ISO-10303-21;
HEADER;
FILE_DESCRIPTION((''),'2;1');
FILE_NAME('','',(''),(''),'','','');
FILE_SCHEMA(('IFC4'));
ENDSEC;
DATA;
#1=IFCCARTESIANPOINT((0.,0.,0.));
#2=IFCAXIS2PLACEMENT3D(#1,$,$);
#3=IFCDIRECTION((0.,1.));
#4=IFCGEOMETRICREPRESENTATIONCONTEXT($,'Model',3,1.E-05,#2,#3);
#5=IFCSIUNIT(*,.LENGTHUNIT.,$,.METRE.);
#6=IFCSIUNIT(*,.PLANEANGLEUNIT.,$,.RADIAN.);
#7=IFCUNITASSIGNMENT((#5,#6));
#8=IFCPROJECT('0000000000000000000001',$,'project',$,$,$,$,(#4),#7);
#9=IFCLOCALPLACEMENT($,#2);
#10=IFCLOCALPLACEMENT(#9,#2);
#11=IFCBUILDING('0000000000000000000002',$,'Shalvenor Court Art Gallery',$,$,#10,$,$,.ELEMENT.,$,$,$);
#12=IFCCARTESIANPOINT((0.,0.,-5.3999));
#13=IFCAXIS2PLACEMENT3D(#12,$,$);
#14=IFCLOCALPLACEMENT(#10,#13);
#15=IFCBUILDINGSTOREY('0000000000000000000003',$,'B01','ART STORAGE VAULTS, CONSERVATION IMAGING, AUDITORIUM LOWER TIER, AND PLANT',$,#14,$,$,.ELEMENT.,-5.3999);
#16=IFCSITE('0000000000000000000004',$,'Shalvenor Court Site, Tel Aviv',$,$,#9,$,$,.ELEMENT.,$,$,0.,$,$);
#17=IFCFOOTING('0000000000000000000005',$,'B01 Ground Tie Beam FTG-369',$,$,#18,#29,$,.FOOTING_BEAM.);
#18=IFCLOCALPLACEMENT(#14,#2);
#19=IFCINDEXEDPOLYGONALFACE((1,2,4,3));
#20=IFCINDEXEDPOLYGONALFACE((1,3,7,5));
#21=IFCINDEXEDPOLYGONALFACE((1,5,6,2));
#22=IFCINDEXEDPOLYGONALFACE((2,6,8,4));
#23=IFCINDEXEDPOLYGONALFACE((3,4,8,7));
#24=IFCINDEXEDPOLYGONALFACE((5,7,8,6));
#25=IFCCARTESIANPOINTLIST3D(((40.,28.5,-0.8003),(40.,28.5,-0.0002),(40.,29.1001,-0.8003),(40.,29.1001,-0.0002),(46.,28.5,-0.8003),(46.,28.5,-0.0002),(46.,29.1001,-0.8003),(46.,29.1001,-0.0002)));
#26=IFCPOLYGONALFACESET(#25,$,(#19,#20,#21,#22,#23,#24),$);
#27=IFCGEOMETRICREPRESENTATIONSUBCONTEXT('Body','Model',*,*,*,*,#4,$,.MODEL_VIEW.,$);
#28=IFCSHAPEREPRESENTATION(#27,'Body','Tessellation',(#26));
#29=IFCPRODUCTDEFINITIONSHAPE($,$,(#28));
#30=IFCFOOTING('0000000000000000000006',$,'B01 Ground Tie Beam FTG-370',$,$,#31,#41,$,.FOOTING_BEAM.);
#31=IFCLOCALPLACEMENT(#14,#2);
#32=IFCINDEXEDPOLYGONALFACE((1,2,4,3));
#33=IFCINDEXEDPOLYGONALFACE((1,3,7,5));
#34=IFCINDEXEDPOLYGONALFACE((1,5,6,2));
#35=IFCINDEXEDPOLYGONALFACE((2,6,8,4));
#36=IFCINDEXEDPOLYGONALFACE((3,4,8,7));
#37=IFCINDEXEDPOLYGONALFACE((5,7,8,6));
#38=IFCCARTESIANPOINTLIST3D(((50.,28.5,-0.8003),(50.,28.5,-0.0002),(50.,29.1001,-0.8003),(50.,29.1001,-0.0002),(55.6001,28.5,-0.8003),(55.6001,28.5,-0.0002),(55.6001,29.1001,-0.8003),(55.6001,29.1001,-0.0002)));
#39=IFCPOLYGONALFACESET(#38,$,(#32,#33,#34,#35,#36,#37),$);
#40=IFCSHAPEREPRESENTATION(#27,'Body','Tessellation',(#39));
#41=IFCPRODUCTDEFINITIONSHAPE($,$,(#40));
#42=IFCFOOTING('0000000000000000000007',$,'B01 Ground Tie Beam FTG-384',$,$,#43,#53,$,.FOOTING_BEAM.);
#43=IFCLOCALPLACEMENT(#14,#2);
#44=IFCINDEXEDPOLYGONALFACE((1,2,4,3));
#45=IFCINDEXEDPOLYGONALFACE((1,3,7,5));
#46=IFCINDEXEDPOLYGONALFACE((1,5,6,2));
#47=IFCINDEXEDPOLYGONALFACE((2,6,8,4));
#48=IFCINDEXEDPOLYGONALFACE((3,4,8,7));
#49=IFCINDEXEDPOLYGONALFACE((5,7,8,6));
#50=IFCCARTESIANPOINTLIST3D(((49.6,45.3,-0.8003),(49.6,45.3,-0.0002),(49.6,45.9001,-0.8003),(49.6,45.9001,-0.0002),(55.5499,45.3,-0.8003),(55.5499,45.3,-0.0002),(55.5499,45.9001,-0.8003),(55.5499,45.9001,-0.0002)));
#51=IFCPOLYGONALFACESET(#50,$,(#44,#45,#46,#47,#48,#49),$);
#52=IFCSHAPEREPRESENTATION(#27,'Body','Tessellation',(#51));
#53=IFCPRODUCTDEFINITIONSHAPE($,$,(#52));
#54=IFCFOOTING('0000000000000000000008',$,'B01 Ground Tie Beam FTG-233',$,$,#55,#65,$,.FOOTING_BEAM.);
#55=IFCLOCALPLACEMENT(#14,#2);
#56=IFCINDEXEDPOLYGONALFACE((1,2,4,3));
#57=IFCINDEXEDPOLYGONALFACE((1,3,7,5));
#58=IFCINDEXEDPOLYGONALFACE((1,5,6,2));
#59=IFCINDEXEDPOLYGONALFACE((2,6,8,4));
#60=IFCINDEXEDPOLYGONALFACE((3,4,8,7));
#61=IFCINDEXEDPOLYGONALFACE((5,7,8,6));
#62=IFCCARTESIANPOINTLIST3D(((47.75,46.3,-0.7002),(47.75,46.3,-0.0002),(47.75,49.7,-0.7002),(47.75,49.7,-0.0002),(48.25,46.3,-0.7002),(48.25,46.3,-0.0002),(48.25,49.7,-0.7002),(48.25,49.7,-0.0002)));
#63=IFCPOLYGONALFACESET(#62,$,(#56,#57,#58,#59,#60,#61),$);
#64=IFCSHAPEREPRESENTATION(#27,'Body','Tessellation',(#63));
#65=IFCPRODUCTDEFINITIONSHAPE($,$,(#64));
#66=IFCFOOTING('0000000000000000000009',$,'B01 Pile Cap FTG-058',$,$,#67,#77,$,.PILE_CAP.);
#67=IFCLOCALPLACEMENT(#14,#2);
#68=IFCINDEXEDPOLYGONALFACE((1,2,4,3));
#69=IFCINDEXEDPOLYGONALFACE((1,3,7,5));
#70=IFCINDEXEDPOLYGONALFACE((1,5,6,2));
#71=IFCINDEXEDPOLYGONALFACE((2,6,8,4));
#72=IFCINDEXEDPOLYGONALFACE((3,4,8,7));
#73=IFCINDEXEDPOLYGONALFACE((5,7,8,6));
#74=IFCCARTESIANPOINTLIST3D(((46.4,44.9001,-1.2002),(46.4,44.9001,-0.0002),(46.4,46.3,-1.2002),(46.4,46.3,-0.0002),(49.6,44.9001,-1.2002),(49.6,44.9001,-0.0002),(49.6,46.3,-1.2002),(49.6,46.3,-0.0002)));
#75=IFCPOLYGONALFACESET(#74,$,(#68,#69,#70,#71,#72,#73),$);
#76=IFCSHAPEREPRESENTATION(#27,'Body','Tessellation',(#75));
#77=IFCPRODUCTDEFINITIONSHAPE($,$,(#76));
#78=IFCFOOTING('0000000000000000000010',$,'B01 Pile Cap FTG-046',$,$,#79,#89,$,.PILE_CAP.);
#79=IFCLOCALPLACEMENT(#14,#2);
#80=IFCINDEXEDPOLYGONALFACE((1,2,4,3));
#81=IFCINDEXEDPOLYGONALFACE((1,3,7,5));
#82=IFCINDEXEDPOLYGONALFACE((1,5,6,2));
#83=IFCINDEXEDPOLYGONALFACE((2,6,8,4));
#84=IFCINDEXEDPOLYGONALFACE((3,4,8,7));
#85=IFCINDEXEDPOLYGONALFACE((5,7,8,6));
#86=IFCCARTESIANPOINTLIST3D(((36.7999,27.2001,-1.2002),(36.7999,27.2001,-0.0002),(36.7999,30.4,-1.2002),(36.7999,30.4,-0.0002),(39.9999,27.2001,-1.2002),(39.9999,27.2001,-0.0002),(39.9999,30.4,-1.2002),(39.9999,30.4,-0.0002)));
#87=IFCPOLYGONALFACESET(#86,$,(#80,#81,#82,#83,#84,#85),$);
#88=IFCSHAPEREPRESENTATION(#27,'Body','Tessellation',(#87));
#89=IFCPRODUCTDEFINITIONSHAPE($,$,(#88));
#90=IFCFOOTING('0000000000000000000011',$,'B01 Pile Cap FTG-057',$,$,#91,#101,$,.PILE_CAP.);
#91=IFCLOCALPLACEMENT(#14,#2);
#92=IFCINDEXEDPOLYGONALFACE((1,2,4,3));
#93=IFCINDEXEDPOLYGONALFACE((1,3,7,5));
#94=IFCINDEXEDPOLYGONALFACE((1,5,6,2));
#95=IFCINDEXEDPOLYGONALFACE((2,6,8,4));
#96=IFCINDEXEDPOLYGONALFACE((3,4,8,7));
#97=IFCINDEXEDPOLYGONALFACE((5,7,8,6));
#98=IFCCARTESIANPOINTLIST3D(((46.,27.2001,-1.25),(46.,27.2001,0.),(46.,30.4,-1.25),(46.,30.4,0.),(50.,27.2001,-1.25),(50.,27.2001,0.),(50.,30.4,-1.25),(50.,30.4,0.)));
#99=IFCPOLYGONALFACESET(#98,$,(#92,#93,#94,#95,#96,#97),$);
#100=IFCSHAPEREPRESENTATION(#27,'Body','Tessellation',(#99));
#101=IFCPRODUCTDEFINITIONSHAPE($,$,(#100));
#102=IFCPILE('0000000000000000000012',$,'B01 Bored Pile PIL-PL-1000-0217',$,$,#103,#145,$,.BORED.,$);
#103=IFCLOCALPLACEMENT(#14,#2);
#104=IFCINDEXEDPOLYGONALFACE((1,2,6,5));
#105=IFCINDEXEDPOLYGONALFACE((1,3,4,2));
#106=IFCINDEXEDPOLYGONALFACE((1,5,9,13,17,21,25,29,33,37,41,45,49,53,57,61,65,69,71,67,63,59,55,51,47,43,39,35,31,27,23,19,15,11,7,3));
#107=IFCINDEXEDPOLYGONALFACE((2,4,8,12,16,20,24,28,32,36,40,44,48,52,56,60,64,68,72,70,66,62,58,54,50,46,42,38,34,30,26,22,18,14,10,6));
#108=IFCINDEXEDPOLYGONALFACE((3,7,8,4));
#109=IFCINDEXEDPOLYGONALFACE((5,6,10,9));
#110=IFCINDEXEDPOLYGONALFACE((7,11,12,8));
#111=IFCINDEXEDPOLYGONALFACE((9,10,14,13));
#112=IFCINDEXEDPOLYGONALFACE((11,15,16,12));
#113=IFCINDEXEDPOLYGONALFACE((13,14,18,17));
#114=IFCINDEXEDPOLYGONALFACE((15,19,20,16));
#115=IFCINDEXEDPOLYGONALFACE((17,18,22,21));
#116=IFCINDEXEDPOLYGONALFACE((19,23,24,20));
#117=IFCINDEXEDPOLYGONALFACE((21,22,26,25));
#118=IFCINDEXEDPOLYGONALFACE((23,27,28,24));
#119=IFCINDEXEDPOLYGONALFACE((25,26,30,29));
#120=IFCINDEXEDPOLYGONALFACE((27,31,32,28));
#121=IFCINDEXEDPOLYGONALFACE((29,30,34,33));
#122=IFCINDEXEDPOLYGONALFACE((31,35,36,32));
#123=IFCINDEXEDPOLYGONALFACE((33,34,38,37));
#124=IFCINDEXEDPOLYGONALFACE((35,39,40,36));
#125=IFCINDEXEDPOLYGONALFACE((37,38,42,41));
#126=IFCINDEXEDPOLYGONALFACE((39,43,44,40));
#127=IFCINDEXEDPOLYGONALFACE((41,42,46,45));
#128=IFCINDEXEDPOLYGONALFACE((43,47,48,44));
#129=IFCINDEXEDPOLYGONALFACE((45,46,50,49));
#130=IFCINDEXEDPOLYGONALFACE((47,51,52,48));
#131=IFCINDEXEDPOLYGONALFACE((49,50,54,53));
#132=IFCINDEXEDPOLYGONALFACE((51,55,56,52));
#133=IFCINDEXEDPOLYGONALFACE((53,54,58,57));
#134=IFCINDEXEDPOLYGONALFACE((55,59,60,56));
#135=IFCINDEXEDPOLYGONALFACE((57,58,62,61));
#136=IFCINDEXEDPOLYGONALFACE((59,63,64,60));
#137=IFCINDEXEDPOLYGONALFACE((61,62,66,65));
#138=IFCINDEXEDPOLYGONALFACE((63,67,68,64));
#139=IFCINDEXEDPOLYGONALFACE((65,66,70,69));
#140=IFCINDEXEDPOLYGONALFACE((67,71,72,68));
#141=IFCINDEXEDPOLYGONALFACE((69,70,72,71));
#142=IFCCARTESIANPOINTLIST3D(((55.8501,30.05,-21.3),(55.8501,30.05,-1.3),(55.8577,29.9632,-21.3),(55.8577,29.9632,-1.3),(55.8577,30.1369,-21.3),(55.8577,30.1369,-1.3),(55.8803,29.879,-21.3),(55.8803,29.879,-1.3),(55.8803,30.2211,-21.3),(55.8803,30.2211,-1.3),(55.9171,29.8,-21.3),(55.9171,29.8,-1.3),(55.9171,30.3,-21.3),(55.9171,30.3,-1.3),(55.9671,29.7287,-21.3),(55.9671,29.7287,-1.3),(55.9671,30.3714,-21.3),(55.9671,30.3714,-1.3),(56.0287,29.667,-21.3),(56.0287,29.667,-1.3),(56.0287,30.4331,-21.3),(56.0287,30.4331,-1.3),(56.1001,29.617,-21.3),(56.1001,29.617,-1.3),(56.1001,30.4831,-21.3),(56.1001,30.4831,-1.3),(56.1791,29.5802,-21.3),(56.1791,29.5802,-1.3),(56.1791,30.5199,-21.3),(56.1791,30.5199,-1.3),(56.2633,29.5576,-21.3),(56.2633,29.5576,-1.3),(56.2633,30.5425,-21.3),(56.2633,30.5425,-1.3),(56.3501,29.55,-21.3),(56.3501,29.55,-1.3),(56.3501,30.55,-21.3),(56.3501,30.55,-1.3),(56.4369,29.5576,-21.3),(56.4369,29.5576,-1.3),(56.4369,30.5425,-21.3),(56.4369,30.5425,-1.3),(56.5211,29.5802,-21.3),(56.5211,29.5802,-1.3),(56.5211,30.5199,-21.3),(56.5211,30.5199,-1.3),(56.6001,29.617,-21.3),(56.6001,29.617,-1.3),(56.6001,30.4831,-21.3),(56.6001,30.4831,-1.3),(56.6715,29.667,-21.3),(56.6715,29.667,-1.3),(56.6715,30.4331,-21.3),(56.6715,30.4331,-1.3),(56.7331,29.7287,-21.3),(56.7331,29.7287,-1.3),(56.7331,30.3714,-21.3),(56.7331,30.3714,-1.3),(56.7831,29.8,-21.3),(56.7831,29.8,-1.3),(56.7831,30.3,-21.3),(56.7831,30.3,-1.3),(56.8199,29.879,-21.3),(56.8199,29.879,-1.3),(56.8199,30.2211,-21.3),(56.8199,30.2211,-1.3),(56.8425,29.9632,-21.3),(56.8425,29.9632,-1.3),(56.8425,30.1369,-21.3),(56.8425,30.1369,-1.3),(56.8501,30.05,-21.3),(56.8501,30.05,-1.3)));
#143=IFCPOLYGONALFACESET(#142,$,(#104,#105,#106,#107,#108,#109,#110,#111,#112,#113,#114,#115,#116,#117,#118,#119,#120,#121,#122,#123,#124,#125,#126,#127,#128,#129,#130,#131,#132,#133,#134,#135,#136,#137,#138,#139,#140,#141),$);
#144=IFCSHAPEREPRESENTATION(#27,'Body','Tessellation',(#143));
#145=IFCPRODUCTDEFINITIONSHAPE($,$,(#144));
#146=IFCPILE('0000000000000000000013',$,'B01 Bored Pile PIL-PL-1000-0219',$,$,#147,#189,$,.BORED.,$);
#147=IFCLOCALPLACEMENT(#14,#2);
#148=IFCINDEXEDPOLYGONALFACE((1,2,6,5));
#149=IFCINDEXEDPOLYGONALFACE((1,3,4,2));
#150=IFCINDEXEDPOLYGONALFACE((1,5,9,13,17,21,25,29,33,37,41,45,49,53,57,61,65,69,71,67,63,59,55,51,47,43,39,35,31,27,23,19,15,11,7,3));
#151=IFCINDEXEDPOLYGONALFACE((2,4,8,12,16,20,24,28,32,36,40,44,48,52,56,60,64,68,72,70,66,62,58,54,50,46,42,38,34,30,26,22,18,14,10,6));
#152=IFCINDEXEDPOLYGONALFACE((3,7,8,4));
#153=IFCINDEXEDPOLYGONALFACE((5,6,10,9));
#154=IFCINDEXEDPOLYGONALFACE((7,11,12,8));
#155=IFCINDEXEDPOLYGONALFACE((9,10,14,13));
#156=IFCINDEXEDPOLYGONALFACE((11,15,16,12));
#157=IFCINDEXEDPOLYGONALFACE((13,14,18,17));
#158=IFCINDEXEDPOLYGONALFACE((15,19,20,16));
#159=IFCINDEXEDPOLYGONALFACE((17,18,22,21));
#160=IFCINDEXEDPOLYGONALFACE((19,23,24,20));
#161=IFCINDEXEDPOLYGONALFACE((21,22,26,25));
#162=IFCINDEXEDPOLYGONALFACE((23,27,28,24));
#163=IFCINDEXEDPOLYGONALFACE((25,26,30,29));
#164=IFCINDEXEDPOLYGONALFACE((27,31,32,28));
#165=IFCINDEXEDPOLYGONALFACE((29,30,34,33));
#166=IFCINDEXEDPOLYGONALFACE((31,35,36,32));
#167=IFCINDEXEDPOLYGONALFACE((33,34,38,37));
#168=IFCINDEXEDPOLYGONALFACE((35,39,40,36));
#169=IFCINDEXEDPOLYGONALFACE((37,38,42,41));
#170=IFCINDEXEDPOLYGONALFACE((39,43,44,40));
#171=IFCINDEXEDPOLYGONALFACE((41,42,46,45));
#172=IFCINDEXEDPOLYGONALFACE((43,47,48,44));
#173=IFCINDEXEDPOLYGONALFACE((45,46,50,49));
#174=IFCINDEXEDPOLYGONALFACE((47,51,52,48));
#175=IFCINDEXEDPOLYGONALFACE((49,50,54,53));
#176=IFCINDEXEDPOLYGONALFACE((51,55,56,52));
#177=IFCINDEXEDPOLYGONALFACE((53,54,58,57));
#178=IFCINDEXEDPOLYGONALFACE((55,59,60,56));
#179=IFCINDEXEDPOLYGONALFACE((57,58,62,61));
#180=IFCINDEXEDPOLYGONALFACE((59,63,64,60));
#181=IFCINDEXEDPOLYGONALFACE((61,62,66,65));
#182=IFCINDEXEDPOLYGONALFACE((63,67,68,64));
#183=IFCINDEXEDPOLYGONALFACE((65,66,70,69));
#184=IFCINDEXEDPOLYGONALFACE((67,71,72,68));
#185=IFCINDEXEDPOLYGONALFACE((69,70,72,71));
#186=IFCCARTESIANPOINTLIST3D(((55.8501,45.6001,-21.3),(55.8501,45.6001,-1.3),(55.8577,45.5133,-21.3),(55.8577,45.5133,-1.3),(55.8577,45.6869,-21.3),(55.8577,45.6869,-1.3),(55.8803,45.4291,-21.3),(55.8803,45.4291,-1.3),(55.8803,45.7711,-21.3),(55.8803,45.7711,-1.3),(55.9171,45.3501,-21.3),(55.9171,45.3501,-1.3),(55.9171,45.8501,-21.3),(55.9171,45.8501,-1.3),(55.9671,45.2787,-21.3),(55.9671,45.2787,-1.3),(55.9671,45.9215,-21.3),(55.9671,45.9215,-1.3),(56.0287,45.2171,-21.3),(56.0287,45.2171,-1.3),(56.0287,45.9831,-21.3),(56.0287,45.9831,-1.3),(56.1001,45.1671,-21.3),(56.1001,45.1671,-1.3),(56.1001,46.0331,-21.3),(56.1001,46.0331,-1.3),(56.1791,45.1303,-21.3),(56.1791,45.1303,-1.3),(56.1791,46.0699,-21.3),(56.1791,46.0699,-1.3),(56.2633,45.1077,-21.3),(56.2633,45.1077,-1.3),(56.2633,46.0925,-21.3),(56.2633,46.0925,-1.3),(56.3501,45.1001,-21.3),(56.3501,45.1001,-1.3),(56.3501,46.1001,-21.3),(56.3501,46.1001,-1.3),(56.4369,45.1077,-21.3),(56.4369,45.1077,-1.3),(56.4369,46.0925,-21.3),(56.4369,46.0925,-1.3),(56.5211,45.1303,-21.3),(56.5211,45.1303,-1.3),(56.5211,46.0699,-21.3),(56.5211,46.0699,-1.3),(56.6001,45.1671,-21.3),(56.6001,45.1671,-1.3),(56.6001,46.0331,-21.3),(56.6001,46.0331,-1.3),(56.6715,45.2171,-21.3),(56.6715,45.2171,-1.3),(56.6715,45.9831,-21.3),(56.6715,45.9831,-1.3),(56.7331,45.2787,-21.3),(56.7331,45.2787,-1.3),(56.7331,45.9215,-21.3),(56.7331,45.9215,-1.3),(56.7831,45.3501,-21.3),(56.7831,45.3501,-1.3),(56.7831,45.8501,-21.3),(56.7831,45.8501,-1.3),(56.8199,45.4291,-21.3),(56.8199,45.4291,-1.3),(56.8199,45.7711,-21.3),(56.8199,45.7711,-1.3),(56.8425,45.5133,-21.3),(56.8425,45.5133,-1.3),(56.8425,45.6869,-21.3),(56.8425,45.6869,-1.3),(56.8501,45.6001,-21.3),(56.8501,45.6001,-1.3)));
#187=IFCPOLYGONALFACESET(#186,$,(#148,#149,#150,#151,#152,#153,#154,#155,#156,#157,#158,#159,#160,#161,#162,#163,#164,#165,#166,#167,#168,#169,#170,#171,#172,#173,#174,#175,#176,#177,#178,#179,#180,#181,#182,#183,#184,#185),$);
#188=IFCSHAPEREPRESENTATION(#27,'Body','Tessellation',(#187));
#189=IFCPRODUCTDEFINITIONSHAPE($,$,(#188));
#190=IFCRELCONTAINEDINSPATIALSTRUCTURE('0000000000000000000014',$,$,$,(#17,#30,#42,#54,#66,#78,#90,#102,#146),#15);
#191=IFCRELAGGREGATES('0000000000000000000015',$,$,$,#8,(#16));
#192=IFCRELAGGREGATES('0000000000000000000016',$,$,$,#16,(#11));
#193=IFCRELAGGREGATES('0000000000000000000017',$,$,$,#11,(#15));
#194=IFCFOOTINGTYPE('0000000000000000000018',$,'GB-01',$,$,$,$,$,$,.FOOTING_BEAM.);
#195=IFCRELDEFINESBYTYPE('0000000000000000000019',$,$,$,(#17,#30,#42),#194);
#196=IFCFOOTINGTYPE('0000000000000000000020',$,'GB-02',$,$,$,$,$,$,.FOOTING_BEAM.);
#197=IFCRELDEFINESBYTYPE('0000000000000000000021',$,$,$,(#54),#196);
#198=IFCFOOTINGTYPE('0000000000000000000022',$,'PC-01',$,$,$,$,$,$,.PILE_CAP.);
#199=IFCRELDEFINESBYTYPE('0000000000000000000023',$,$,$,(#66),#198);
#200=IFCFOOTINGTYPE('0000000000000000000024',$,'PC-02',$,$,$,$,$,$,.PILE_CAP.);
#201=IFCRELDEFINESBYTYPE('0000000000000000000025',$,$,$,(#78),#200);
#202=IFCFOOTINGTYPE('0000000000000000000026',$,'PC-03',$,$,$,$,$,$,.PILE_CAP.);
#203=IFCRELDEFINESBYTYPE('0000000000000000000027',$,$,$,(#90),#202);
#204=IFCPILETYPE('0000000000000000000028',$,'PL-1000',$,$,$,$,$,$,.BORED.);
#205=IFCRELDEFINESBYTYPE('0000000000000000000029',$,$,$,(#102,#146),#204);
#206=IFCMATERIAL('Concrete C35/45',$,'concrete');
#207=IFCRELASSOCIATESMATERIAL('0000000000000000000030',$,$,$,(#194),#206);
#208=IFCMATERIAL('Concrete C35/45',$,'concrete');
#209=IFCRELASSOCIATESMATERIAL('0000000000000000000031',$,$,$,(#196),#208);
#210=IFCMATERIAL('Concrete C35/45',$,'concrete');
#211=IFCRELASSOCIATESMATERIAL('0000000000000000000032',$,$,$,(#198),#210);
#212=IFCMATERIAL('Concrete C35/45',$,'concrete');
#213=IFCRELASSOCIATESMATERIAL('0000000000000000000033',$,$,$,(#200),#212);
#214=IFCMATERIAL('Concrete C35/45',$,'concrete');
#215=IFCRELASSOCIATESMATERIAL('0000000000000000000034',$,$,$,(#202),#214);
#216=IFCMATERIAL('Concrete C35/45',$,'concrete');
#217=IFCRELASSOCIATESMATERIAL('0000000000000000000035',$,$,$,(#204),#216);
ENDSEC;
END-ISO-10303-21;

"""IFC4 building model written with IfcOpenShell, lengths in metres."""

from ifc_helpers import new_model, si_unit, direction, frame, origin, origin_2d, place, context, subcontext, project, spatial, rectangle, circle, extrude, material, material_profile, profile_set, type_object, element, save


model = new_model("IFC4")

# Units and contexts
model_context = context("Model", 3, precision=1e-05, world=origin(), true_north=direction((0.0, 1.0)))
body_context = subcontext(model_context, "Body", "Model", "MODEL_VIEW")
ifc_project = project(units=[si_unit("LENGTHUNIT", "METRE"), si_unit("PLANEANGLEUNIT", "RADIAN")], contexts=[model_context])

# Site, building, storey
site_placement = place(None, origin())
site = spatial("IfcSite", under=ifc_project, at=site_placement, Name="Shalvenor Court Site, Tel Aviv", CompositionType="ELEMENT", RefElevation=0.0)
building_placement = place(site_placement, origin())
building = spatial("IfcBuilding", under=site, at=building_placement, Name="Shalvenor Court Art Gallery", CompositionType="ELEMENT")
storey_placement = place(building_placement, frame((0.0, 0.0, -5.3999)))
storey = spatial("IfcBuildingStorey", under=building, at=storey_placement, Name="B01", Description="ART STORAGE VAULTS, CONSERVATION IMAGING, AUDITORIUM LOWER TIER, AND PLANT", CompositionType="ELEMENT", Elevation=-5.3999)

# Footings
ifc_material_1 = material(Name="Concrete C35/45", Category="concrete")
footing_type_1 = type_object("IfcFootingType", Name="GB-01", PredefinedType="FOOTING_BEAM", material=ifc_material_1)
footing_1_placement = place(storey_placement, frame((43.0, 28.8, -0.8003), z_axis=(0.0, 0.0, 1.0), x_axis=(1.0, 0.0, 0.0)))
element("IfcFooting", 1, at=footing_1_placement, inside=storey, type_object=footing_type_1, Name="B01 Ground Tie Beam FTG-369", PredefinedType="FOOTING_BEAM", context=body_context, shape_type="SweptSolid", body=[
    extrude(rectangle(XDim=6.0, YDim=0.6001, at=origin_2d()), origin(), (0.0, 0.0, 1.0), 0.8),
])
footing_2_placement = place(storey_placement, frame((52.8, 28.8, -0.8003), z_axis=(0.0, 0.0, 1.0), x_axis=(1.0, 0.0, 0.0)))
element("IfcFooting", 2, at=footing_2_placement, inside=storey, type_object=footing_type_1, Name="B01 Ground Tie Beam FTG-370", PredefinedType="FOOTING_BEAM", context=body_context, shape_type="SweptSolid", body=[
    extrude(rectangle(XDim=5.6001, YDim=0.6001, at=origin_2d()), origin(), (0.0, 0.0, 1.0), 0.8),
])
footing_3_placement = place(storey_placement, frame((52.575, 45.6001, -0.8003), z_axis=(0.0, 0.0, 1.0), x_axis=(1.0, 0.0, 0.0)))
element("IfcFooting", 3, at=footing_3_placement, inside=storey, type_object=footing_type_1, Name="B01 Ground Tie Beam FTG-384", PredefinedType="FOOTING_BEAM", context=body_context, shape_type="SweptSolid", body=[
    extrude(rectangle(XDim=5.95, YDim=0.6001, at=origin_2d()), origin(), (0.0, 0.0, 1.0), 0.8),
])
ifc_material_2 = material(Name="Concrete C35/45", Category="concrete")
footing_type_2 = type_object("IfcFootingType", Name="GB-02", PredefinedType="FOOTING_BEAM", material=ifc_material_2)
footing_4_placement = place(storey_placement, frame((48.0, 48.0, -0.7002), z_axis=(0.0, 0.0, 1.0), x_axis=(0.0, 1.0, 0.0)))
element("IfcFooting", 4, at=footing_4_placement, inside=storey, type_object=footing_type_2, Name="B01 Ground Tie Beam FTG-233", PredefinedType="FOOTING_BEAM", context=body_context, shape_type="SweptSolid", body=[
    extrude(rectangle(XDim=3.3999, YDim=0.5, at=origin_2d()), origin(), (0.0, 0.0, 1.0), 0.7),
])
ifc_material_3 = material(Name="Concrete C35/45", Category="concrete")
footing_type_3 = type_object("IfcFootingType", Name="PC-01", PredefinedType="PILE_CAP", material=ifc_material_3)
footing_5_placement = place(storey_placement, frame((48.0, 45.6001, -1.2002), z_axis=(0.0, 0.0, 1.0), x_axis=(1.0, 0.0, 0.0)))
element("IfcFooting", 5, at=footing_5_placement, inside=storey, type_object=footing_type_3, Name="B01 Pile Cap FTG-058", PredefinedType="PILE_CAP", context=body_context, shape_type="SweptSolid", body=[
    extrude(rectangle(XDim=3.2, YDim=1.3999, at=origin_2d()), origin(), (0.0, 0.0, 1.0), 1.2),
])
ifc_material_4 = material(Name="Concrete C35/45", Category="concrete")
footing_type_4 = type_object("IfcFootingType", Name="PC-02", PredefinedType="PILE_CAP", material=ifc_material_4)
footing_6_placement = place(storey_placement, frame((38.3999, 28.8, -1.2002), z_axis=(0.0, 0.0, 1.0), x_axis=(1.0, 0.0, 0.0)))
element("IfcFooting", 6, at=footing_6_placement, inside=storey, type_object=footing_type_4, Name="B01 Pile Cap FTG-046", PredefinedType="PILE_CAP", context=body_context, shape_type="SweptSolid", body=[
    extrude(rectangle(XDim=3.2, YDim=3.2, at=origin_2d()), origin(), (0.0, 0.0, 1.0), 1.2),
])
ifc_material_5 = material(Name="Concrete C35/45", Category="concrete")
footing_type_5 = type_object("IfcFootingType", Name="PC-03", PredefinedType="PILE_CAP", material=ifc_material_5)
footing_7_placement = place(storey_placement, frame((48.0, 28.8, -1.25), z_axis=(0.0, 0.0, 1.0), x_axis=(1.0, 0.0, 0.0)))
element("IfcFooting", 7, at=footing_7_placement, inside=storey, type_object=footing_type_5, Name="B01 Pile Cap FTG-057", PredefinedType="PILE_CAP", context=body_context, shape_type="SweptSolid", body=[
    extrude(rectangle(XDim=4.0, YDim=3.2, at=origin_2d()), origin(), (0.0, 0.0, 1.0), 1.25),
])

# Piles
ifc_material_6 = material(Name="Concrete C35/45", Category="concrete")
ifc_material_profile_1 = material_profile(ifc_material_6, circle(Radius=0.5, at=origin_2d()), Name="PILE 1000")
ifc_profile_set_1 = profile_set([ifc_material_profile_1], Name="Concrete C35/45")
pile_type_1 = type_object("IfcPileType", Name="PL-1000", PredefinedType="BORED", material=ifc_profile_set_1)
for number, where, z_axis, x_axis, name in (
    (8, (56.3501, 30.05, -1.3), (0.0, 0.0, -1.0), (1.0, 0.0, 0.0), "B01 Bored Pile PIL-PL-1000-0217"),
    (9, (56.3501, 45.6001, -1.3), (0.0, 0.0, -1.0), (1.0, 0.0, 0.0), "B01 Bored Pile PIL-PL-1000-0219"),
):
    element("IfcPile", number, at=place(storey_placement, frame(where, z_axis=z_axis, x_axis=x_axis)), inside=storey, type_object=pile_type_1, Name=name, PredefinedType="BORED", context=body_context, shape_type="SweptSolid", body=[
        extrude(circle(Radius=0.5, at=origin_2d()), origin(), (0.0, 0.0, 1.0), 20.0),
    ])

save(model, "model.ifc")
